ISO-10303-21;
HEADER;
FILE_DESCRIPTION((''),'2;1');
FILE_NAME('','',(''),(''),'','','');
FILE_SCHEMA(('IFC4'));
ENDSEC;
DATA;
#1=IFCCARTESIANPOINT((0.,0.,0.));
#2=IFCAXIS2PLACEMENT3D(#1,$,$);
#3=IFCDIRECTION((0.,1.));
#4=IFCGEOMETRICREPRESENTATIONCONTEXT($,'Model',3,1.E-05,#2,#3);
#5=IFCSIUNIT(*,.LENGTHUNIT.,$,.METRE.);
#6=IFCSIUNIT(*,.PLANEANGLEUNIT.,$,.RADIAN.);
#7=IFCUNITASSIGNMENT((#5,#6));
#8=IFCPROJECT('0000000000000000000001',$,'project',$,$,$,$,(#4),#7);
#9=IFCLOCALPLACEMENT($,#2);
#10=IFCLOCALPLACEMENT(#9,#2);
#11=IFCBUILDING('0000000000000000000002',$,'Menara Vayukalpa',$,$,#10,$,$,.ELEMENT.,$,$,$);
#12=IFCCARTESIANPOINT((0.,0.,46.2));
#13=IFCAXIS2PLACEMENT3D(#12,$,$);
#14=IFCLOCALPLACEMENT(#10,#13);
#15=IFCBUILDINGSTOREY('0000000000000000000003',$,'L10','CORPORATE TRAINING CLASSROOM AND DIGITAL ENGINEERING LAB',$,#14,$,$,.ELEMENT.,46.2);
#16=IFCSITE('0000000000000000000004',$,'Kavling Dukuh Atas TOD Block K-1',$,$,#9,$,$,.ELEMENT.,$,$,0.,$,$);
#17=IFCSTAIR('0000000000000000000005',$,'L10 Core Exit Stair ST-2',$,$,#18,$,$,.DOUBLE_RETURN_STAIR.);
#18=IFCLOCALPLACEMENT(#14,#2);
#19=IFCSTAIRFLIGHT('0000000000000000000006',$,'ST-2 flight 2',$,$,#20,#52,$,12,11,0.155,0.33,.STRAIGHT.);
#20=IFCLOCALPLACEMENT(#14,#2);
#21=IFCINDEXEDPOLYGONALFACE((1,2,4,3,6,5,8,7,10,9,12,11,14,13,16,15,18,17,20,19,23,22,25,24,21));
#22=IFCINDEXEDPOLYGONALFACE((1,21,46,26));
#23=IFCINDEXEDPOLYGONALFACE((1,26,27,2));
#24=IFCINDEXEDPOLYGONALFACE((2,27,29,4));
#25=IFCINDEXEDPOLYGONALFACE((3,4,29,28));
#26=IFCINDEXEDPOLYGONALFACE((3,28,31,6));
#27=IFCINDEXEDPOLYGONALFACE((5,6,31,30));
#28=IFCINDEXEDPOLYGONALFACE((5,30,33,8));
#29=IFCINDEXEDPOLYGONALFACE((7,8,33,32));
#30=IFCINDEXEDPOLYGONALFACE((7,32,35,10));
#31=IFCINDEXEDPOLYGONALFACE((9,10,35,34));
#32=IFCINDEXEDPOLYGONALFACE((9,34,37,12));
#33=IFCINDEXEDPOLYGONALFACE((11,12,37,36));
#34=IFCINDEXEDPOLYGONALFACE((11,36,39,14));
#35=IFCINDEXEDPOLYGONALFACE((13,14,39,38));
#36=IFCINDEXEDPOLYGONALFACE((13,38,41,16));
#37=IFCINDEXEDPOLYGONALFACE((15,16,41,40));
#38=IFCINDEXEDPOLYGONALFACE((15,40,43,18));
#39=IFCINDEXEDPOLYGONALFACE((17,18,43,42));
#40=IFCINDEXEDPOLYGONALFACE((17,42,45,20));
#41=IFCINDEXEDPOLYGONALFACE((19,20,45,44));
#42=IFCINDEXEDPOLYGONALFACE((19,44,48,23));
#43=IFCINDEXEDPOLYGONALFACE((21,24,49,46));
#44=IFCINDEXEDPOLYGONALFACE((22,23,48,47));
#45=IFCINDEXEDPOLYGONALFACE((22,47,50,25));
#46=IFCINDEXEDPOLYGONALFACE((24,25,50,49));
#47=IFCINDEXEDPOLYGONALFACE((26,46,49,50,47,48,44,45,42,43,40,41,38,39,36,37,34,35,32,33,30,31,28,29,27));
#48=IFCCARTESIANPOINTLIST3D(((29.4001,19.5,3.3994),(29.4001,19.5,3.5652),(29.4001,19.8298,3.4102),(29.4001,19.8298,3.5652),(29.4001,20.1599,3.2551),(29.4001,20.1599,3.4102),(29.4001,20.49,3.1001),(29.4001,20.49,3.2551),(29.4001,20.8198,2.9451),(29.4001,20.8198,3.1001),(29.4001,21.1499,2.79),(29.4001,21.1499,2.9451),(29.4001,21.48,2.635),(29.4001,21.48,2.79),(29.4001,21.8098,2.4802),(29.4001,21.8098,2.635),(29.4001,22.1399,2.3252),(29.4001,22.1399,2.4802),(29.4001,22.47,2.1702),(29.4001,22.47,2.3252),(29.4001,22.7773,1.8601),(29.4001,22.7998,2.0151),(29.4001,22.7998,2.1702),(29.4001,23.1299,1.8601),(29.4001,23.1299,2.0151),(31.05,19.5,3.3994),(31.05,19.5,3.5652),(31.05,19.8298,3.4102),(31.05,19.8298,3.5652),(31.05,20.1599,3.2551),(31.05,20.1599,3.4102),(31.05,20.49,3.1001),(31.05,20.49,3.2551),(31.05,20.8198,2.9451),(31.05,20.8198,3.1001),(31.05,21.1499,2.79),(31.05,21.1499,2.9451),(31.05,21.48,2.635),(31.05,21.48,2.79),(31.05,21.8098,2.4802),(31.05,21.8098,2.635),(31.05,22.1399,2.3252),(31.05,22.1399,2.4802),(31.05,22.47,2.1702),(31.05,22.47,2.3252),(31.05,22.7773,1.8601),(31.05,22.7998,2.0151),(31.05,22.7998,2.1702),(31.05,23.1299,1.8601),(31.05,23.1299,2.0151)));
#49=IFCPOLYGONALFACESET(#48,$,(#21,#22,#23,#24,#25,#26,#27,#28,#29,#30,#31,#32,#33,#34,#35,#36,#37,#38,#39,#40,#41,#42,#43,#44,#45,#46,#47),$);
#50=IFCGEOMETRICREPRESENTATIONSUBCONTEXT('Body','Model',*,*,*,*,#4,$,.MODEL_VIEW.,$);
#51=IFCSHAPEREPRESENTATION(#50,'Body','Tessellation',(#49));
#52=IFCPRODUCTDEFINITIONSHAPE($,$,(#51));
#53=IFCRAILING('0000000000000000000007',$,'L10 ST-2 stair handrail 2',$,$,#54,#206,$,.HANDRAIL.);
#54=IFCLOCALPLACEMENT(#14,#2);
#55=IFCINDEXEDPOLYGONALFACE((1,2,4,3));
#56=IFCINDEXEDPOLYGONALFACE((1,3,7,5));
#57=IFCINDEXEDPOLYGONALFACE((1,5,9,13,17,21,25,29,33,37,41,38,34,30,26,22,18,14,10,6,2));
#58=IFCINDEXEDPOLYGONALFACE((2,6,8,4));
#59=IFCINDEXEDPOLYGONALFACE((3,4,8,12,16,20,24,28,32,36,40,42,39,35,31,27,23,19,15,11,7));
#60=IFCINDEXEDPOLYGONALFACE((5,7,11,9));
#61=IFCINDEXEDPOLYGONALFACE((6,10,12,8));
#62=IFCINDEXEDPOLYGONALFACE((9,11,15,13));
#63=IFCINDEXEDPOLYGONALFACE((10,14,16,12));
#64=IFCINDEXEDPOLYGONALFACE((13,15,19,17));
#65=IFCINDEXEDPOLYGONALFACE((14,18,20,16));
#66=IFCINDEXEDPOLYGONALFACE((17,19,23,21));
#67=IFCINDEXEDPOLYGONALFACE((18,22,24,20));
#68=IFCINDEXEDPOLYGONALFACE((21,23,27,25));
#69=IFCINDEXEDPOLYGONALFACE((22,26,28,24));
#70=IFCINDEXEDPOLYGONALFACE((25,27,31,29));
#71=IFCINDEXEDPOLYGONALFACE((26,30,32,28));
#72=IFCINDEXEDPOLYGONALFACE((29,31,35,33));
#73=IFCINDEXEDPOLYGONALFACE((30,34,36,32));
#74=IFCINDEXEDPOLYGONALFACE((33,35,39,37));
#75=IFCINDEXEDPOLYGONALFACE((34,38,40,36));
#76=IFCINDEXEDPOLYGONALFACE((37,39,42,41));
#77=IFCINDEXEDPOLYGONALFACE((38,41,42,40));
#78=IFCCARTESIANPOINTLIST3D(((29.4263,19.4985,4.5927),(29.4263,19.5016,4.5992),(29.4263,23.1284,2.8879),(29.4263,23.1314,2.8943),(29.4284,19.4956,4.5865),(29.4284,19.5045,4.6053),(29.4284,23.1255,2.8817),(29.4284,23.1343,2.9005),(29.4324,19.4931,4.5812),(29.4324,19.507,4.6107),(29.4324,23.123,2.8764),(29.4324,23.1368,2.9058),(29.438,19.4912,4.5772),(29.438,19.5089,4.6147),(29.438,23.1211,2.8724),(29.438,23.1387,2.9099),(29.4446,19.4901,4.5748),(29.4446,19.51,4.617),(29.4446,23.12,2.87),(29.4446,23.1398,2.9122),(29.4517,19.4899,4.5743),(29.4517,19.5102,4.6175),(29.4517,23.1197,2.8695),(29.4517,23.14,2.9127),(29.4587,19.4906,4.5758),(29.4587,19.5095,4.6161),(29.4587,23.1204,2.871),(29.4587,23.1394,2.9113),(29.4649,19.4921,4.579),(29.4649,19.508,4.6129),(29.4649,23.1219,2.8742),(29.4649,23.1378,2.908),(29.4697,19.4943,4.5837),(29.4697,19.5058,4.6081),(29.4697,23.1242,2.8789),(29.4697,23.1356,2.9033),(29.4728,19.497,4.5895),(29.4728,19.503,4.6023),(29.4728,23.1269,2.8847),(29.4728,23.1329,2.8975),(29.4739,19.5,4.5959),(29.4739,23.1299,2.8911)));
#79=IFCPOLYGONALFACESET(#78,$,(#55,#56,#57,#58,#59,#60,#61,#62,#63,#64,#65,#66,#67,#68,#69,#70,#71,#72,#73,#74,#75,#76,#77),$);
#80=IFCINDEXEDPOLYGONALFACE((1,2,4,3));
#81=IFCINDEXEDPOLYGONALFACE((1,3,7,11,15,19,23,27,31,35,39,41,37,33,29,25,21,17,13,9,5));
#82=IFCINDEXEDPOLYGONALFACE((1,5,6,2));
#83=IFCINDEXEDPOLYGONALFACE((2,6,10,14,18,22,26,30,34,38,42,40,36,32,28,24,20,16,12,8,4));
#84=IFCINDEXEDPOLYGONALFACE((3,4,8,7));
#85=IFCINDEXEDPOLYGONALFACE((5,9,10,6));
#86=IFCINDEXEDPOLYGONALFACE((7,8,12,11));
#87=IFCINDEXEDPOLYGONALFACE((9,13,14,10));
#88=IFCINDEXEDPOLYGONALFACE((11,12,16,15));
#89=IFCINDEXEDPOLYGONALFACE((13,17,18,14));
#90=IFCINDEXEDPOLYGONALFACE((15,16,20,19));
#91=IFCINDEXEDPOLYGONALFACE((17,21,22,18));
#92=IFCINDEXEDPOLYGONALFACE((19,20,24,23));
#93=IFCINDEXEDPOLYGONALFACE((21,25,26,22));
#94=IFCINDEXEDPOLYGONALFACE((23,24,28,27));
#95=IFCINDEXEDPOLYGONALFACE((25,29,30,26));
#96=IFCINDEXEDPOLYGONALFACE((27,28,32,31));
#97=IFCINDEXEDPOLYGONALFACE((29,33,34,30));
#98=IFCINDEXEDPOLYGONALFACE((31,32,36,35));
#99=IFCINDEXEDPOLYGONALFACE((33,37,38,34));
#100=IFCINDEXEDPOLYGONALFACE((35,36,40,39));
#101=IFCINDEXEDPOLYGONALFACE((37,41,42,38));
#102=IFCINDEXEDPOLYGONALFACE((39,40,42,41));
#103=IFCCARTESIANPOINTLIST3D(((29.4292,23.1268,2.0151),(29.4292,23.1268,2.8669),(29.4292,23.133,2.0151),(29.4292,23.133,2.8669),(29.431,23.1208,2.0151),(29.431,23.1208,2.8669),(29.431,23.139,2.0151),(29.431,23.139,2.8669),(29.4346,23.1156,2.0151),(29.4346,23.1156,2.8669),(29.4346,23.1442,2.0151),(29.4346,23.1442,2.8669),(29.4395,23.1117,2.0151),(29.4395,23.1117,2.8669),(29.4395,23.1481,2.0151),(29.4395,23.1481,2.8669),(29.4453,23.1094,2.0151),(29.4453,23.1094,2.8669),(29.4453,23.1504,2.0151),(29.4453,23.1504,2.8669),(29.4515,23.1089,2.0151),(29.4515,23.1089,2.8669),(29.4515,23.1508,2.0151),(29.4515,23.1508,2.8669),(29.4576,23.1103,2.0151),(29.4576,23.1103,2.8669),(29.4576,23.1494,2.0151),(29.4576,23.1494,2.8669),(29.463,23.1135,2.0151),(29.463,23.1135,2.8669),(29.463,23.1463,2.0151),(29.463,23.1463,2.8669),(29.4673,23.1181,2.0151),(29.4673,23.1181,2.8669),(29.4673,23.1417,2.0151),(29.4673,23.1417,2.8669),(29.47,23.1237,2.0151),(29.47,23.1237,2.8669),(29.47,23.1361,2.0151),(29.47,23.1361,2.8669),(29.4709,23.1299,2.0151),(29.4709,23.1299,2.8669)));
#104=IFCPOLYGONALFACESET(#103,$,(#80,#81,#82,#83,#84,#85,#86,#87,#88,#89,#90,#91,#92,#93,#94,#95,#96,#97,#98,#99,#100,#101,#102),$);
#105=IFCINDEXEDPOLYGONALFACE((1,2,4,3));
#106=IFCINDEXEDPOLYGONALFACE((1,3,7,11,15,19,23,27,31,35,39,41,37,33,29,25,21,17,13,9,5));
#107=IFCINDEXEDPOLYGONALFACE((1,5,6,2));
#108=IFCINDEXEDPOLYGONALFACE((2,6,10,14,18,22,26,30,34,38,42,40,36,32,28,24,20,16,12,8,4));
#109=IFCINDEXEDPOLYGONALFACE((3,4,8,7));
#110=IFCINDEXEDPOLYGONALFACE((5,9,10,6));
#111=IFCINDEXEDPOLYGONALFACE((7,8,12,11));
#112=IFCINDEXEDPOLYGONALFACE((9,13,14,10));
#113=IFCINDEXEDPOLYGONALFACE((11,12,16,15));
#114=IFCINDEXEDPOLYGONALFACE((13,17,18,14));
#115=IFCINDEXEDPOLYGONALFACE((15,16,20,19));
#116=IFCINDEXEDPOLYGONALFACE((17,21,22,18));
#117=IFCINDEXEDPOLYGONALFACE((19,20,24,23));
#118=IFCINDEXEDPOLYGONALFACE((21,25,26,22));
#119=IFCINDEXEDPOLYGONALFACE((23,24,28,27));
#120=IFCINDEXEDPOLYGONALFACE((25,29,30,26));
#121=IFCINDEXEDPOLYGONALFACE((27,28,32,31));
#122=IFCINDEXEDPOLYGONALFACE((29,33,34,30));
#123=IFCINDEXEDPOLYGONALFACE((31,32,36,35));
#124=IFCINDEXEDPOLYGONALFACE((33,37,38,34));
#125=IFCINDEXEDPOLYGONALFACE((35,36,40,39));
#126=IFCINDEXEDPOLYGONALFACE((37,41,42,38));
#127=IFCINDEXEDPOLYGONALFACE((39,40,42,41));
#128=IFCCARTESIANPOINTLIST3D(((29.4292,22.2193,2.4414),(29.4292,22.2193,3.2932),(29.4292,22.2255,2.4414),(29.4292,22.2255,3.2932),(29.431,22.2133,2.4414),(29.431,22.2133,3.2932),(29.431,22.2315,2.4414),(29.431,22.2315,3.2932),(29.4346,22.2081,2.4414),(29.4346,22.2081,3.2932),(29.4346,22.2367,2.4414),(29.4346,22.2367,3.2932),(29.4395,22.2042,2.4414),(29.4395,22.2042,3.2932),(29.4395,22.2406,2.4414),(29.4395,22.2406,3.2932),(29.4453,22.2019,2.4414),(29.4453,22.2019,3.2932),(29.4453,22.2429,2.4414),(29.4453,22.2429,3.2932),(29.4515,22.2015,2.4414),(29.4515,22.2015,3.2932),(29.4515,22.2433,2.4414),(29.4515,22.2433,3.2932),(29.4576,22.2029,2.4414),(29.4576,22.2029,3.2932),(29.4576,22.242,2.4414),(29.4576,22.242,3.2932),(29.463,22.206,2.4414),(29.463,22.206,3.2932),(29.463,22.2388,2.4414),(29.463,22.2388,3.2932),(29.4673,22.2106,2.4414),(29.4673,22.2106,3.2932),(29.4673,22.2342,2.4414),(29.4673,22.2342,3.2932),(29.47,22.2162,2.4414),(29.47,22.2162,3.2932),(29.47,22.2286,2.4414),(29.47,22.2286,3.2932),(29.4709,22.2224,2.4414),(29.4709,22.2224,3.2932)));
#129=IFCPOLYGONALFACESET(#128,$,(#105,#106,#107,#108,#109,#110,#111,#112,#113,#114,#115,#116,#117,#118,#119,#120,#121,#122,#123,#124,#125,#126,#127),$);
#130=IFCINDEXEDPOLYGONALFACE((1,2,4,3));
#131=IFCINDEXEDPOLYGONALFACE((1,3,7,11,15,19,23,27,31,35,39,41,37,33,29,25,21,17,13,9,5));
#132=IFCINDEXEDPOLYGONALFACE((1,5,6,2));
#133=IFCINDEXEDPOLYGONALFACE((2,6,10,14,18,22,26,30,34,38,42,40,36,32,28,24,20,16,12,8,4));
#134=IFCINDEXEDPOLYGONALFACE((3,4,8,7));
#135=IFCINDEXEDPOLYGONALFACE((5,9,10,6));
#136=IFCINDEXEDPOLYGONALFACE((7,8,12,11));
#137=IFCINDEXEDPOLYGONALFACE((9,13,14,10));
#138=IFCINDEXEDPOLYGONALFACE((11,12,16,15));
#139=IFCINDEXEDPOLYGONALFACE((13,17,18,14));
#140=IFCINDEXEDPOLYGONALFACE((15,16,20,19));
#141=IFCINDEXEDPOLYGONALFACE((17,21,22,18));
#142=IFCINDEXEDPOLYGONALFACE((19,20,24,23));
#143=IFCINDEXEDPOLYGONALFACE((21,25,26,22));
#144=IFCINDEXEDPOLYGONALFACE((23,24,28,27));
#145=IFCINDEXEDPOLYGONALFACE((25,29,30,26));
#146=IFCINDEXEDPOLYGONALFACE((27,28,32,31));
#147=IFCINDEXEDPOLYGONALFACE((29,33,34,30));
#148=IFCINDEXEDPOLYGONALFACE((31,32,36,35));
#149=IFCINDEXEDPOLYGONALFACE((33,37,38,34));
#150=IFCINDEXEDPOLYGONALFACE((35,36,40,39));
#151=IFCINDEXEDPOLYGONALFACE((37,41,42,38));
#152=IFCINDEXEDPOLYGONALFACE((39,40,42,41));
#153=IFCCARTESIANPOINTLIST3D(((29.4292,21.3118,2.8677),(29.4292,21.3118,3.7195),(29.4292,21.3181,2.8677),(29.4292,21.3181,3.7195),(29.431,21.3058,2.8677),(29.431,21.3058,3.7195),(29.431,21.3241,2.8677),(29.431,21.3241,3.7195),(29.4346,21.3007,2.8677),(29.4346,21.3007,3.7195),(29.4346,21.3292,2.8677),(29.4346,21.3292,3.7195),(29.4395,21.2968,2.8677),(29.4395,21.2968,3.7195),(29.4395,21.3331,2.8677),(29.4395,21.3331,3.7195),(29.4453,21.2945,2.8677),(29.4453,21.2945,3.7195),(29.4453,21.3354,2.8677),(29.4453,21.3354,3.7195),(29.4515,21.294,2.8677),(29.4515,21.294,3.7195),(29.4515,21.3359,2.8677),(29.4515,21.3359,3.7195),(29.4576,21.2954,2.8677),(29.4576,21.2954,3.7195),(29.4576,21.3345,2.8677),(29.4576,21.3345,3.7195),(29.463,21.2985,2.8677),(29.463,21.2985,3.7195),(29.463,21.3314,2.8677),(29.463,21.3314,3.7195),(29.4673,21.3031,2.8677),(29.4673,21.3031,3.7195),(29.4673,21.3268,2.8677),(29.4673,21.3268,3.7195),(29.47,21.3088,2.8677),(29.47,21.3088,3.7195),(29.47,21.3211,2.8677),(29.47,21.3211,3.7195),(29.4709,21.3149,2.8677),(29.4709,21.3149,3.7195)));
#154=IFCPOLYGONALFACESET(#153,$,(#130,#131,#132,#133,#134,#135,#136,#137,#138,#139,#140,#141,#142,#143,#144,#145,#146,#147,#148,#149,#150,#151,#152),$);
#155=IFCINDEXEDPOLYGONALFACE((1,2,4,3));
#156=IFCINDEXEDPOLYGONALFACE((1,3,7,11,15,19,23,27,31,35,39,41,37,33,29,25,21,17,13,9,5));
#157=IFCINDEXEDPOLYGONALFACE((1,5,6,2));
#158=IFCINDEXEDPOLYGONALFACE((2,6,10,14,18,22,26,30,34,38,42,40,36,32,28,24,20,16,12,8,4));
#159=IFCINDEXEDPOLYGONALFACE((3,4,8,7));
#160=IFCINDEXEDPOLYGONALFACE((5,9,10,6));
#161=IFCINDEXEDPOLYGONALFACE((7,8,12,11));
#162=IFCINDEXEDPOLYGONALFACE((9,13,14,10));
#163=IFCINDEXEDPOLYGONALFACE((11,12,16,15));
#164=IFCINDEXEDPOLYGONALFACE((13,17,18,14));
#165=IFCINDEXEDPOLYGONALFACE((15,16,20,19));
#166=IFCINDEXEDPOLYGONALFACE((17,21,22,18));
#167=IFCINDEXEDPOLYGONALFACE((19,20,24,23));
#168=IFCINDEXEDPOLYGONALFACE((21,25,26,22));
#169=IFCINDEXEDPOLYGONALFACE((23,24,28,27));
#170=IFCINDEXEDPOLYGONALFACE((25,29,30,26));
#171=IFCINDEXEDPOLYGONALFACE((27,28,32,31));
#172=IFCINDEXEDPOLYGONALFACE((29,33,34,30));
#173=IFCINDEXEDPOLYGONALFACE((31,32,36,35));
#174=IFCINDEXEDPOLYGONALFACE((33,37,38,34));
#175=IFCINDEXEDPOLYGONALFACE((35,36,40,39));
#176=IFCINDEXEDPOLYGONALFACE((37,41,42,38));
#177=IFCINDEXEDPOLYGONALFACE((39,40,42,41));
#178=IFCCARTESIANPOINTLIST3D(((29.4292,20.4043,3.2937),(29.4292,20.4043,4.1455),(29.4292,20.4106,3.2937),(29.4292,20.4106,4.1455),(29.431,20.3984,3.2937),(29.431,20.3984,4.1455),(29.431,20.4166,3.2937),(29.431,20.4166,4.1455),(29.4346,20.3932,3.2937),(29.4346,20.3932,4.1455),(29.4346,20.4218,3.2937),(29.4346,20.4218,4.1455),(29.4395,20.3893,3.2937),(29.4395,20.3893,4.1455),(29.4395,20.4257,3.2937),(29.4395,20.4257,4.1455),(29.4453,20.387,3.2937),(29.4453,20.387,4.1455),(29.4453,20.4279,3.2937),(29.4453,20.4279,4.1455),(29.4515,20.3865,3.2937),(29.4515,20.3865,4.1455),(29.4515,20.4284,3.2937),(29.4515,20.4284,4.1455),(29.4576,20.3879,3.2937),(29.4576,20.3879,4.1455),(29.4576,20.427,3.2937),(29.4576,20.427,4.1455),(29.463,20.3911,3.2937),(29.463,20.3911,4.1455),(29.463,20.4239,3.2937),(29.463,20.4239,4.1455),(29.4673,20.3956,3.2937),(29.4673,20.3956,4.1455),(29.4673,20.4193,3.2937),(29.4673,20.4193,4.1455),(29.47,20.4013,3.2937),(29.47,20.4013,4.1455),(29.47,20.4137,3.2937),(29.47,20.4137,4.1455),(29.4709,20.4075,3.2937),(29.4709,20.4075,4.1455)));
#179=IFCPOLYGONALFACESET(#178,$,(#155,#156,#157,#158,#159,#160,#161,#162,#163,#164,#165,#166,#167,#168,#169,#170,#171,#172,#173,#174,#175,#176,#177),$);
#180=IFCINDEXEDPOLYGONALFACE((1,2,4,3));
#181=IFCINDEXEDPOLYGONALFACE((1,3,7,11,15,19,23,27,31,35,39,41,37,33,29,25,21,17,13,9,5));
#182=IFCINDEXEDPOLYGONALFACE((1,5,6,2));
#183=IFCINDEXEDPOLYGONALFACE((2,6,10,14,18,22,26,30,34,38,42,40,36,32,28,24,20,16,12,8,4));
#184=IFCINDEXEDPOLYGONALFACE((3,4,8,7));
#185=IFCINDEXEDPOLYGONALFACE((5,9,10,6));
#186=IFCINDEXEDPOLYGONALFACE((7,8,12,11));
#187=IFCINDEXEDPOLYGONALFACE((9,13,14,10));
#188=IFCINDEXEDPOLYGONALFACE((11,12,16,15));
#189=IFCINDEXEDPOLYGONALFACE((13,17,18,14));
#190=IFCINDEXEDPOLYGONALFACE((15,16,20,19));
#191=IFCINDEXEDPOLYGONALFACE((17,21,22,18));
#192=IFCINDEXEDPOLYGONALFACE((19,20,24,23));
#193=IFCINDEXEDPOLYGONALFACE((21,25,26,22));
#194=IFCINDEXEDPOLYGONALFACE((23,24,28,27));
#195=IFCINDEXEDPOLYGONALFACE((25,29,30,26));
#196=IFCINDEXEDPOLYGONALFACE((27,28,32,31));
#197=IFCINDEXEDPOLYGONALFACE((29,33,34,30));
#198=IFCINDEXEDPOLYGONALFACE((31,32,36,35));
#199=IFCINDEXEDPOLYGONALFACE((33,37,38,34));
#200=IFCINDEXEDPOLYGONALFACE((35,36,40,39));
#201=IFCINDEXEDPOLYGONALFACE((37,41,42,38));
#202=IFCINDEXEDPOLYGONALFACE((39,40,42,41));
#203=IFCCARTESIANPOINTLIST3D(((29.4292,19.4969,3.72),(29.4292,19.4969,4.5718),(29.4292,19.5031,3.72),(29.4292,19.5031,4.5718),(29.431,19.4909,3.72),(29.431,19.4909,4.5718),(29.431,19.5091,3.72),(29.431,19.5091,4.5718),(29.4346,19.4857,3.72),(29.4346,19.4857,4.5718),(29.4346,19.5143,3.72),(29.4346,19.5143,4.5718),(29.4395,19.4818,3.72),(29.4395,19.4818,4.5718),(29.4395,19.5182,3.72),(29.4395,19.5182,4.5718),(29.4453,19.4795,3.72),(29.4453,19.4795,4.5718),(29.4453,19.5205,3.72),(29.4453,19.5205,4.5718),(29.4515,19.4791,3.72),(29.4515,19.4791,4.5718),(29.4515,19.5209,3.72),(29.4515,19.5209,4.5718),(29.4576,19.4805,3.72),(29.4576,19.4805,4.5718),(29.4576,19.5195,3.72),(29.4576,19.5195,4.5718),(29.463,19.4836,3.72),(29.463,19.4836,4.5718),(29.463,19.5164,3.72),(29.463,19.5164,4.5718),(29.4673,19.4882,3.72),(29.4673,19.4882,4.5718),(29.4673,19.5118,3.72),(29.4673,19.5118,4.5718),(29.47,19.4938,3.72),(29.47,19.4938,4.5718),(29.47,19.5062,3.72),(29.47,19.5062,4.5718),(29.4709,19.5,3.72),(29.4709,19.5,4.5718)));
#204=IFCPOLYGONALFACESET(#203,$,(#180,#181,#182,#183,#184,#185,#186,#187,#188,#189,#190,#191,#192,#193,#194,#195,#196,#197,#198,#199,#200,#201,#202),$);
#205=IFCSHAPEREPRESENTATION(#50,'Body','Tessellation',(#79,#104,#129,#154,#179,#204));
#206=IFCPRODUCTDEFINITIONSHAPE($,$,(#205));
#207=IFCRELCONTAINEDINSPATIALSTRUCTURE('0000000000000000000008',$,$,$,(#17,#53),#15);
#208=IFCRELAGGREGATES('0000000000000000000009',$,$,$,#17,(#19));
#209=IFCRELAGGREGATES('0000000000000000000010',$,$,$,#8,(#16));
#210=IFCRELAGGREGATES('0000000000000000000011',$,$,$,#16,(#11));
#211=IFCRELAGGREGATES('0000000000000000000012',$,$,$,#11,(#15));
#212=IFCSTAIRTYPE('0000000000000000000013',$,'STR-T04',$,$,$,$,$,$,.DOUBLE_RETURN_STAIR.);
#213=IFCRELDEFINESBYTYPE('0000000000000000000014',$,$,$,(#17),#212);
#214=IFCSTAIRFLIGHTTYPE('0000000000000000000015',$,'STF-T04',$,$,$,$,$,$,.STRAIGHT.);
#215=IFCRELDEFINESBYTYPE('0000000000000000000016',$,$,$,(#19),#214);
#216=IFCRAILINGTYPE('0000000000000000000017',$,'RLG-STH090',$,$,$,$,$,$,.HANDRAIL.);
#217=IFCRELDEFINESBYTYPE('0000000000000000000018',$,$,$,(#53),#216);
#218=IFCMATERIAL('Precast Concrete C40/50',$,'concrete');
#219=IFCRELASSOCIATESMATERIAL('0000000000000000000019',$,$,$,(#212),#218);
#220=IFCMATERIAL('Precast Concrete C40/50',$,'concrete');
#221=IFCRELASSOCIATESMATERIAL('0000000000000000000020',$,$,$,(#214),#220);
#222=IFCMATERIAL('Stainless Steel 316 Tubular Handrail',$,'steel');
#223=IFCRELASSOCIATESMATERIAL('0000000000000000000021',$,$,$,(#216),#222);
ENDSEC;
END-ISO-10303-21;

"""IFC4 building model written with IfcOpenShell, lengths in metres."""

from ifc_helpers import new_model, si_unit, direction, frame, origin, origin_2d, place, context, subcontext, project, spatial, polyline, circle, outline, extrude, material, type_object, element, aggregate, save


model = new_model("IFC4")

# Units and contexts
model_context = context("Model", 3, precision=1e-05, world=origin(), true_north=direction((0.0, 1.0)))
body_context = subcontext(model_context, "Body", "Model", "MODEL_VIEW")
ifc_project = project(units=[si_unit("LENGTHUNIT", "METRE"), si_unit("PLANEANGLEUNIT", "RADIAN")], contexts=[model_context])

# Site, building, storey
site_placement = place(None, origin())
site = spatial("IfcSite", under=ifc_project, at=site_placement, Name="Kavling Dukuh Atas TOD Block K-1", CompositionType="ELEMENT", RefElevation=0.0)
building_placement = place(site_placement, origin())
building = spatial("IfcBuilding", under=site, at=building_placement, Name="Menara Vayukalpa", CompositionType="ELEMENT")
storey_placement = place(building_placement, frame((0.0, 0.0, 46.2)))
storey = spatial("IfcBuildingStorey", under=building, at=storey_placement, Name="L10", Description="CORPORATE TRAINING CLASSROOM AND DIGITAL ENGINEERING LAB", CompositionType="ELEMENT", Elevation=46.2)

# Stair, stair flight
ifc_material_1 = material(Name="Precast Concrete C40/50", Category="concrete")
stair_type = type_object("IfcStairType", Name="STR-T04", PredefinedType="DOUBLE_RETURN_STAIR", material=ifc_material_1)
stair_placement = place(storey_placement, origin())
stair = element("IfcStair", 1, at=stair_placement, inside=storey, type_object=stair_type, Name="L10 Core Exit Stair ST-2", PredefinedType="DOUBLE_RETURN_STAIR")
ifc_material_2 = material(Name="Precast Concrete C40/50", Category="concrete")
stair_flight_type = type_object("IfcStairFlightType", Name="STF-T04", PredefinedType="STRAIGHT", material=ifc_material_2)
stair_flight_placement = place(storey_placement, frame((30.2251, 23.1299, 1.8601), z_axis=(0.0, 0.0, 1.0), x_axis=(0.0, -1.0, 0.0)))
stair_flight = element("IfcStairFlight", 2, at=stair_flight_placement, type_object=stair_flight_type, Name="ST-2 flight 2", NumberOfRisers=12, NumberOfTreads=11, PredefinedType="STRAIGHT", RiserHeight=0.155, TreadLength=0.33, context=body_context, shape_type="SweptSolid", body=[
    extrude(outline(polyline([(0.0, 0.0), (0.0, 0.155), (0.3301, 0.155), (0.3301, 0.3101), (0.6599, 0.3101), (0.6599, 0.4651), (0.99, 0.4651), (0.99, 0.6201), (1.3201, 0.6201), (1.3201, 0.7749), (1.6499, 0.7749), (1.6499, 0.9299), (1.98, 0.9299), (1.98, 1.085), (2.3101, 1.085), (2.3101, 1.24), (2.6399, 1.24), (2.6399, 1.395), (2.97, 1.395), (2.97, 1.55), (3.3, 1.55), (3.3, 1.7051), (3.6299, 1.7051), (3.6299, 1.8601), (3.6299, 1.5393), (0.3525, 0.0), (0.0, 0.0)])), frame((0.0, 0.825, 0.0), z_axis=(0.0, -1.0, 0.0), x_axis=(1.0, 0.0, 0.0)), (0.0, 0.0, 1.0), 1.6499),
])
aggregate(stair, [stair_flight])

# Railing
ifc_material_3 = material(Name="Stainless Steel 316 Tubular Handrail", Category="steel")
railing_type = type_object("IfcRailingType", Name="RLG-STH090", PredefinedType="HANDRAIL", material=ifc_material_3)
railing_placement = place(storey_placement, frame((29.45, 23.1299, 2.0151)))
element("IfcRailing", 3, at=railing_placement, inside=storey, type_object=railing_type, Name="L10 ST-2 stair handrail 2", PredefinedType="HANDRAIL", context=body_context, shape_type="SweptSolid", body=[
    extrude(circle(Radius=0.0239, at=origin_2d()), frame((0.0, 0.0, 0.876), z_axis=(0.0, -0.90514, 0.425114), x_axis=(1.0, 0.0, 0.0)), (0.0, 0.0, 1.0), 4.0103),
    extrude(circle(Radius=0.021, at=origin_2d()), origin(), (0.0, 0.0, 1.0), 0.8518),
    extrude(circle(Radius=0.021, at=origin_2d()), frame((0.0, -0.9075, 0.4263)), (0.0, 0.0, 1.0), 0.8518),
    extrude(circle(Radius=0.021, at=origin_2d()), frame((0.0, -1.8149, 0.8525)), (0.0, 0.0, 1.0), 0.8518),
    extrude(circle(Radius=0.021, at=origin_2d()), frame((0.0, -2.7224, 1.2786)), (0.0, 0.0, 1.0), 0.8518),
    extrude(circle(Radius=0.021, at=origin_2d()), frame((0.0, -3.6299, 1.7048)), (0.0, 0.0, 1.0), 0.8518),
])

save(model, "model.ifc")
